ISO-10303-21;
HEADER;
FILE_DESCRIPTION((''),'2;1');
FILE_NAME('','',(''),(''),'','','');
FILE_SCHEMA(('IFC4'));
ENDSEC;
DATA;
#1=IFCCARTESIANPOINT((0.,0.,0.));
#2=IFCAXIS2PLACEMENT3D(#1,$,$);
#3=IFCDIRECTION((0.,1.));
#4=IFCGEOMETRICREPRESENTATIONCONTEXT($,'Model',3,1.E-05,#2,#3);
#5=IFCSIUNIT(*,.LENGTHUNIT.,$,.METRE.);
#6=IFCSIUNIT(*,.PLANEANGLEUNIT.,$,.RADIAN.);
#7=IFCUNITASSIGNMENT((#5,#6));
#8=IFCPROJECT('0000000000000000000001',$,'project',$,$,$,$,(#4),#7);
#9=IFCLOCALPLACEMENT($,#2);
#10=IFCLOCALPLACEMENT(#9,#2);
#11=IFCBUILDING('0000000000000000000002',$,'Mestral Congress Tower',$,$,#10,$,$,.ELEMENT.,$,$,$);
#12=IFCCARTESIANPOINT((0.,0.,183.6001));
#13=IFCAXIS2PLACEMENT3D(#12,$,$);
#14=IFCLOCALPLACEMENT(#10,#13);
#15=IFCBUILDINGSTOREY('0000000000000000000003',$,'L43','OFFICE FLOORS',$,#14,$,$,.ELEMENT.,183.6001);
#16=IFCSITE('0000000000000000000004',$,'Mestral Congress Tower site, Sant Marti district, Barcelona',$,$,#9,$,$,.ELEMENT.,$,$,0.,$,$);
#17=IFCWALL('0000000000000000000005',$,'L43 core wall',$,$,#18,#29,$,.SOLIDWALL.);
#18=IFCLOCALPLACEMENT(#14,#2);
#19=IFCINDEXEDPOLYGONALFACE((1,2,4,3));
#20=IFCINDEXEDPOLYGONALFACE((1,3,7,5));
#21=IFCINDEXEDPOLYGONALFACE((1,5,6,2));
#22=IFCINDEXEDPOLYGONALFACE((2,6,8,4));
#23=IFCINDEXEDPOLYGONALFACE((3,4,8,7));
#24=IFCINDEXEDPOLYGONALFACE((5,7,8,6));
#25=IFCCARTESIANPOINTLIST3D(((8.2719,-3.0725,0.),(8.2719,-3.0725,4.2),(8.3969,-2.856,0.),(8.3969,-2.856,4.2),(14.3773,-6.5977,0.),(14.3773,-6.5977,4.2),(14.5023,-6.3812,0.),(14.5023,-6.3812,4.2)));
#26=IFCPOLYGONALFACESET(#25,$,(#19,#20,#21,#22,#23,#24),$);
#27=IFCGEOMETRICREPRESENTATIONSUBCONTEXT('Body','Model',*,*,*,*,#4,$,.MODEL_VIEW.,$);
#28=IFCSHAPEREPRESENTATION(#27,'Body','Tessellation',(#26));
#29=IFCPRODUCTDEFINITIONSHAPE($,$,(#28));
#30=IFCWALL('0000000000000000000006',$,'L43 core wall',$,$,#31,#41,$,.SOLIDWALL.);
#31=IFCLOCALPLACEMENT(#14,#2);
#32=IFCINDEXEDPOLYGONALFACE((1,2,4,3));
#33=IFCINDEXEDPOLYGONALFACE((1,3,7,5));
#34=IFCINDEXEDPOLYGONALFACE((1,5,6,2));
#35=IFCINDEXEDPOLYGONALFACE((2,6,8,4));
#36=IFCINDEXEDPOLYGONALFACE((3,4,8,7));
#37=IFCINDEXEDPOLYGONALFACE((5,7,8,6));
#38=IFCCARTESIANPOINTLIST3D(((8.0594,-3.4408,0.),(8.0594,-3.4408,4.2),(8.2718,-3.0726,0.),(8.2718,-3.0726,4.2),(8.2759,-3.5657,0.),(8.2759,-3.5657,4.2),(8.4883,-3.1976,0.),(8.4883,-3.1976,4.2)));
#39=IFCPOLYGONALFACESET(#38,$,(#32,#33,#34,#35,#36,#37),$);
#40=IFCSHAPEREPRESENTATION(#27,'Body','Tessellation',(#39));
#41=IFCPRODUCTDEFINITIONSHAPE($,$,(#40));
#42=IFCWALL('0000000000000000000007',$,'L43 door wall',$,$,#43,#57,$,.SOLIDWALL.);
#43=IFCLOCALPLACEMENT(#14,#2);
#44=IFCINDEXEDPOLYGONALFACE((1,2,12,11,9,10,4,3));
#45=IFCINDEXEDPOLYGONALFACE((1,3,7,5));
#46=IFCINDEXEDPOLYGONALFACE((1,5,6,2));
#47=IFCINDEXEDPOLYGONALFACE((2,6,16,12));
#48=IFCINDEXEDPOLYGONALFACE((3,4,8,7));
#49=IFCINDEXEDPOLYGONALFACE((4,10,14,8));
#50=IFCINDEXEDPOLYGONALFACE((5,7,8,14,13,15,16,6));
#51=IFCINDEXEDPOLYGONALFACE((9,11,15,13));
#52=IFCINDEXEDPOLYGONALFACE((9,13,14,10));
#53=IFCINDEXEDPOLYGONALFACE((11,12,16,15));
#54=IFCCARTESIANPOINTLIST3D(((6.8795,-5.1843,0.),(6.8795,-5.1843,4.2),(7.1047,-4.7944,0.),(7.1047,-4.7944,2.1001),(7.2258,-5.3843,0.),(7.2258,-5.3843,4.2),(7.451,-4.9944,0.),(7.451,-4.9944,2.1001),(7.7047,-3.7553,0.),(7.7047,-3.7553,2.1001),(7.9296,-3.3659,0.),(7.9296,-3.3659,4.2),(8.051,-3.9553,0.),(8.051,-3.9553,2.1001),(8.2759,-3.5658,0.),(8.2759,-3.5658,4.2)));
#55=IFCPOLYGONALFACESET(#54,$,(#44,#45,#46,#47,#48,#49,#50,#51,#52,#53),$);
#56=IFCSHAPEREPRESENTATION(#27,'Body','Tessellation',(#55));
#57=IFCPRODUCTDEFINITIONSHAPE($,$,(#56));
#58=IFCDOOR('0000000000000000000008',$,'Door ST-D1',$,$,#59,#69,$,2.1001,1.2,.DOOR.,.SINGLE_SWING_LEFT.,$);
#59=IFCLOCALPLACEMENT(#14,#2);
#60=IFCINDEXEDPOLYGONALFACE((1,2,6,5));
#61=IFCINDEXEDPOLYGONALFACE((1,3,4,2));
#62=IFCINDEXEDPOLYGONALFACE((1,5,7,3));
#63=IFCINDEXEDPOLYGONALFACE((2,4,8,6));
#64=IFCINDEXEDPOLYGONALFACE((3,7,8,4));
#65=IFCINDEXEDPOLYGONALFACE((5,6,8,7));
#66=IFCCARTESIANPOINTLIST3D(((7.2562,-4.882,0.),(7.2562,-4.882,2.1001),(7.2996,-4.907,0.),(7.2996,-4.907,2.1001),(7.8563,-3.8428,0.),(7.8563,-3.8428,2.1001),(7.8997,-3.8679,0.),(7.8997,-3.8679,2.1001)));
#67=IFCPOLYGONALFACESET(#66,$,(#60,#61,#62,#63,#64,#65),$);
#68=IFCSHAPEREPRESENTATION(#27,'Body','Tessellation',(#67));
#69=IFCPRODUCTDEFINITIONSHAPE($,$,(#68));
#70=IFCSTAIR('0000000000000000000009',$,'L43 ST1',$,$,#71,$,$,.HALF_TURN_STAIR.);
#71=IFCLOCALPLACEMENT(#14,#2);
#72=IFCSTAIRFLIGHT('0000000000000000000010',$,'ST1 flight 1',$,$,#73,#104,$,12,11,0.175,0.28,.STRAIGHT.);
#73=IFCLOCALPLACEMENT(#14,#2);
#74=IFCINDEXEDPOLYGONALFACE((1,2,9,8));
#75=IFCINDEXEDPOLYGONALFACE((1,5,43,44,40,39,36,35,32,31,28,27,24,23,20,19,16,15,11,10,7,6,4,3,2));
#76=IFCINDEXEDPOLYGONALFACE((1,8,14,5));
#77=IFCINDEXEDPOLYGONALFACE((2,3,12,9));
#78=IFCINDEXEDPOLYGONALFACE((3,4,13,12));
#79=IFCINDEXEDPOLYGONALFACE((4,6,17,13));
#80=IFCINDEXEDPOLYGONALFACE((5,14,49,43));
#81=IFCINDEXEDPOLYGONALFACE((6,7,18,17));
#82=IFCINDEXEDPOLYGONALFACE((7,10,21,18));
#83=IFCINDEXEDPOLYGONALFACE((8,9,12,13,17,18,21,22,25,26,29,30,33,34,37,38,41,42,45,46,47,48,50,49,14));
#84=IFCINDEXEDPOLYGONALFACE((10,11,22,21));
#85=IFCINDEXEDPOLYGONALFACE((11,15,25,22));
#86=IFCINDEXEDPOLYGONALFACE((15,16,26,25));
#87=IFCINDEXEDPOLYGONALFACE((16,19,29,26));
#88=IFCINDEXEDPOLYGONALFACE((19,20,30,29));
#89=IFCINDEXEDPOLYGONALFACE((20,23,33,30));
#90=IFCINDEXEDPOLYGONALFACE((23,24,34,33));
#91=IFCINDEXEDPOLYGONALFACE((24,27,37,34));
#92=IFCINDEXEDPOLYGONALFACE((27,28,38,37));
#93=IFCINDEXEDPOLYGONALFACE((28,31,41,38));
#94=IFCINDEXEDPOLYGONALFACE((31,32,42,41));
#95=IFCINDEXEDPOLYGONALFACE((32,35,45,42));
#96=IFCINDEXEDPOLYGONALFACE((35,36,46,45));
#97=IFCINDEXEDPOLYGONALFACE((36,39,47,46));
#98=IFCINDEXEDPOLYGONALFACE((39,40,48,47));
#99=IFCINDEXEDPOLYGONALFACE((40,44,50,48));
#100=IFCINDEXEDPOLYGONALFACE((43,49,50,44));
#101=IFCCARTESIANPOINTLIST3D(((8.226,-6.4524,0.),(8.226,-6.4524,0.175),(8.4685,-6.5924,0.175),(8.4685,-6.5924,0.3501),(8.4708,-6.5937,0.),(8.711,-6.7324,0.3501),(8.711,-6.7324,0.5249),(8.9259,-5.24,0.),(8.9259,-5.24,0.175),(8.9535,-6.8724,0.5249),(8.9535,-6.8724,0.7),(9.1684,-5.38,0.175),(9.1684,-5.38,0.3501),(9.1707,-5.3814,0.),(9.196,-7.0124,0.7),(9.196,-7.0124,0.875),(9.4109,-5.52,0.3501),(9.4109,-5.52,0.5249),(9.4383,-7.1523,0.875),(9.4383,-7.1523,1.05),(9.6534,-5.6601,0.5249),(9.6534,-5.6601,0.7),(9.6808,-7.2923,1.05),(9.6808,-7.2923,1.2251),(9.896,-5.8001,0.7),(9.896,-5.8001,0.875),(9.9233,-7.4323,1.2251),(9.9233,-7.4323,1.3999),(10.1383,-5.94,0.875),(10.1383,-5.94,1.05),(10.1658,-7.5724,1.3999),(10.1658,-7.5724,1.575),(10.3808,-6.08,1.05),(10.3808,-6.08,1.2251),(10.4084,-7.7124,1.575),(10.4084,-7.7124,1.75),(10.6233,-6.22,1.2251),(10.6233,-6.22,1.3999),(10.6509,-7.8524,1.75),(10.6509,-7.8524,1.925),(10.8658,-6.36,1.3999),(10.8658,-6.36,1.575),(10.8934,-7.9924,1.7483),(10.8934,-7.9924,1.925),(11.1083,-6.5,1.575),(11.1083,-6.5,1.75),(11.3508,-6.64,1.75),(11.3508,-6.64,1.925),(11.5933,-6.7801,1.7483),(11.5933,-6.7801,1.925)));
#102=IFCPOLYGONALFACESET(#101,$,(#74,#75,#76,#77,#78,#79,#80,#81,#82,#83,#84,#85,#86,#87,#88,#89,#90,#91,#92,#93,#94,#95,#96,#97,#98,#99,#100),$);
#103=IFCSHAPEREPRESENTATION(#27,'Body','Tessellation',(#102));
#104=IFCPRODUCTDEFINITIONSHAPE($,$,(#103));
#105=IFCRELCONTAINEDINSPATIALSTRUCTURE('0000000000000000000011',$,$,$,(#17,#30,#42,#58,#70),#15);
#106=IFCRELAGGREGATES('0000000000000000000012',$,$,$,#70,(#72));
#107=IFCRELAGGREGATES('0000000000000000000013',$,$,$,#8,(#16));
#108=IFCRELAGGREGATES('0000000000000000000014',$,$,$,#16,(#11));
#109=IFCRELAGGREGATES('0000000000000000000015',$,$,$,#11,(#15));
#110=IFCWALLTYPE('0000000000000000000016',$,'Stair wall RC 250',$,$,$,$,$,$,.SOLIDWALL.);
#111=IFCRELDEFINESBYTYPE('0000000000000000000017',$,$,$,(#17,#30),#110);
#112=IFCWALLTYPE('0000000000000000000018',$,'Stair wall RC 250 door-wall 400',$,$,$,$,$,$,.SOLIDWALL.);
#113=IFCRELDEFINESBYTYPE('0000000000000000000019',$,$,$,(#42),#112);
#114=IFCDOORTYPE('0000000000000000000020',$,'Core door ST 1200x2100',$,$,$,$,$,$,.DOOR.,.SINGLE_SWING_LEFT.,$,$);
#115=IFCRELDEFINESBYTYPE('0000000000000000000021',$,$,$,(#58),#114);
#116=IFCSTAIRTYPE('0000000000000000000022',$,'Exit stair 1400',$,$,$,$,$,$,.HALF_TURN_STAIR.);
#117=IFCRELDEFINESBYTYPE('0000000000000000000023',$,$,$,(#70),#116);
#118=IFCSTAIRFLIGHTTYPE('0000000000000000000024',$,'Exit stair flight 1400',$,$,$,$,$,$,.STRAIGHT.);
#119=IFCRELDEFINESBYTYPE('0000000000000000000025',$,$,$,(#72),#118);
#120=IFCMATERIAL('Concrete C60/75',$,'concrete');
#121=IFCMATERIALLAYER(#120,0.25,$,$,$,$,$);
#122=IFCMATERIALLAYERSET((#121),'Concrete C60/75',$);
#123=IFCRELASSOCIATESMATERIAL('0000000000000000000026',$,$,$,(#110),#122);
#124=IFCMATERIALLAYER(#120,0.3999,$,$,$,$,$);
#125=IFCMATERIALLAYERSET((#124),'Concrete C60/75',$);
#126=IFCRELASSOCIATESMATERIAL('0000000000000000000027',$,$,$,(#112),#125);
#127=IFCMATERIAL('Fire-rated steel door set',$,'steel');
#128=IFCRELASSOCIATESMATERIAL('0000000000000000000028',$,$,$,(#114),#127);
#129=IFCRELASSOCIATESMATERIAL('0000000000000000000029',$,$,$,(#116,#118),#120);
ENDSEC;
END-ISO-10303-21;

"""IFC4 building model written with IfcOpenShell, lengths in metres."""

from ifc_helpers import new_model, si_unit, direction, frame, frame_2d, origin, place, context, subcontext, project, spatial, polyline, rectangle, outline, extrude, material, layer, layer_set, type_object, element, fill, aggregate, save


model = new_model("IFC4")

# Units and contexts
model_context = context("Model", 3, precision=1e-05, world=origin(), true_north=direction((0.0, 1.0)))
body_context = subcontext(model_context, "Body", "Model", "MODEL_VIEW")
ifc_project = project(units=[si_unit("LENGTHUNIT", "METRE"), si_unit("PLANEANGLEUNIT", "RADIAN")], contexts=[model_context])

# Site, building, storey
site_placement = place(None, origin())
site = spatial("IfcSite", under=ifc_project, at=site_placement, Name="Mestral Congress Tower site, Sant Marti district, Barcelona", CompositionType="ELEMENT", RefElevation=0.0)
building_placement = place(site_placement, origin())
building = spatial("IfcBuilding", under=site, at=building_placement, Name="Mestral Congress Tower", CompositionType="ELEMENT")
storey_placement = place(building_placement, frame((0.0, 0.0, 183.6001)))
storey = spatial("IfcBuildingStorey", under=building, at=storey_placement, Name="L43", Description="OFFICE FLOORS", CompositionType="ELEMENT", Elevation=183.6001)

# Shared definitions
ifc_material_1 = material(Name="Concrete C60/75", Category="concrete")

# Shared definitions
ifc_material_2 = material(Name="Fire-rated steel door set", Category="steel")

# Walls
ifc_layer_1 = layer(ifc_material_1, 0.25)
ifc_layer_set_1 = layer_set([ifc_layer_1], Name="Concrete C60/75")
wall_type_1 = type_object("IfcWallType", Name="Stair wall RC 250", PredefinedType="SOLIDWALL", material=ifc_layer_set_1)
wall_1_placement = place(storey_placement, frame((8.3345, -2.9644, 0.0), z_axis=(0.0, 0.0, 1.0), x_axis=(0.866016, -0.500016, 0.0)))
element("IfcWall", 1, at=wall_1_placement, inside=storey, type_object=wall_type_1, Name="L43 core wall", PredefinedType="SOLIDWALL", context=body_context, shape_type="SweptSolid", body=[
    extrude(rectangle(XDim=7.05, YDim=0.25, at=frame_2d((3.5249, 0.0))), origin(), (0.0, 0.0, 1.0), 4.2),
])
wall_2_placement = place(storey_placement, frame((8.1677, -3.5032, 0.0), z_axis=(0.0, 0.0, 1.0), x_axis=(0.499722, 0.866186, 0.0)))
element("IfcWall", 2, at=wall_2_placement, inside=storey, type_object=wall_type_1, Name="L43 core wall", PredefinedType="SOLIDWALL", context=body_context, shape_type="SweptSolid", body=[
    extrude(rectangle(XDim=0.425, YDim=0.25, at=frame_2d((0.2124, 0.0))), origin(), (0.0, 0.0, 1.0), 4.2),
])

# Wall, opening, door
ifc_layer_2 = layer(ifc_material_1, 0.3999)
ifc_layer_set_2 = layer_set([ifc_layer_2], Name="Concrete C60/75")
wall_type_2 = type_object("IfcWallType", Name="Stair wall RC 250 door-wall 400", PredefinedType="SOLIDWALL", material=ifc_layer_set_2)
wall_3_placement = place(storey_placement, frame((7.0527, -5.2842, 0.0), z_axis=(0.0, 0.0, 1.0), x_axis=(0.500078, 0.86598, 0.0)))
wall_3 = element("IfcWall", 3, at=wall_3_placement, inside=storey, type_object=wall_type_2, Name="L43 door wall", PredefinedType="SOLIDWALL", context=body_context, shape_type="SweptSolid", body=[
    extrude(rectangle(XDim=2.0999, YDim=0.3999, at=frame_2d((1.0498, 0.0))), origin(), (0.0, 0.0, 1.0), 4.2),
])
opening_1_placement = place(wall_3_placement, frame((0.45, 0.0, 0.0)))
opening_1 = element("IfcOpeningElement", 4, at=opening_1_placement, cuts=wall_3, PredefinedType="OPENING", context=body_context, shape_type="SweptSolid", body=[
    extrude(rectangle(XDim=1.2, YDim=2.1001, at=frame_2d((0.6001, 1.05))), frame((0.0, 0.21, 0.0), z_axis=(0.0, -1.0, 0.0), x_axis=(1.0, 0.0, 0.0)), (0.0, 0.0, 1.0), 0.4199),
])
door_type_1 = type_object("IfcDoorType", Name="Core door ST 1200x2100", OperationType="SINGLE_SWING_LEFT", PredefinedType="DOOR", material=ifc_material_2)
door_1_placement = place(opening_1_placement, origin())
door_1 = element("IfcDoor", 5, at=door_1_placement, inside=storey, type_object=door_type_1, Name="Door ST-D1", OperationType="SINGLE_SWING_LEFT", OverallHeight=2.1001, OverallWidth=1.2, PredefinedType="DOOR", context=body_context, shape_type="SweptSolid", body=[
    extrude(rectangle(XDim=1.2, YDim=2.1001, at=frame_2d((0.6001, 1.05))), frame((0.0, 0.0249, 0.0), z_axis=(0.0, -1.0, 0.0), x_axis=(1.0, 0.0, 0.0)), (0.0, 0.0, 1.0), 0.05),
])
fill(opening_1, door_1)

# Stair, stair flight
stair_type = type_object("IfcStairType", Name="Exit stair 1400", PredefinedType="HALF_TURN_STAIR", material=ifc_material_1)
stair_placement = place(storey_placement, origin())
stair = element("IfcStair", 6, at=stair_placement, inside=storey, type_object=stair_type, Name="L43 ST1", PredefinedType="HALF_TURN_STAIR")
stair_flight_type = type_object("IfcStairFlightType", Name="Exit stair flight 1400", PredefinedType="STRAIGHT", material=ifc_material_1)
stair_flight_placement = place(storey_placement, frame((8.5759, -5.8462, 0.0), z_axis=(0.0, 0.0, 1.0), x_axis=(0.866025, -0.5, 0.0)))
stair_flight = element("IfcStairFlight", 7, at=stair_flight_placement, type_object=stair_flight_type, Name="ST1 flight 1", NumberOfRisers=12, NumberOfTreads=11, PredefinedType="STRAIGHT", RiserHeight=0.175, TreadLength=0.28, context=body_context, shape_type="SweptSolid", body=[
    extrude(outline(polyline([(0.0, 0.0), (0.0, 0.175), (0.28, 0.175), (0.28, 0.3501), (0.5601, 0.3501), (0.5601, 0.5249), (0.8401, 0.5249), (0.8401, 0.7), (1.1201, 0.7), (1.1201, 0.875), (1.3999, 0.875), (1.3999, 1.05), (1.6799, 1.05), (1.6799, 1.2251), (1.96, 1.2251), (1.96, 1.3999), (2.24, 1.3999), (2.24, 1.575), (2.52, 1.575), (2.52, 1.75), (2.8, 1.75), (2.8, 1.925), (3.0801, 1.925), (3.0801, 2.1001), (3.0801, 1.7483), (0.2827, 0.0), (0.0, 0.0)])), frame((0.0, 0.7, 0.0), z_axis=(0.0, -1.0, 0.0), x_axis=(1.0, 0.0, 0.0)), (0.0, 0.0, 1.0), 1.3999),
])
aggregate(stair, [stair_flight])

save(model, "model.ifc")
